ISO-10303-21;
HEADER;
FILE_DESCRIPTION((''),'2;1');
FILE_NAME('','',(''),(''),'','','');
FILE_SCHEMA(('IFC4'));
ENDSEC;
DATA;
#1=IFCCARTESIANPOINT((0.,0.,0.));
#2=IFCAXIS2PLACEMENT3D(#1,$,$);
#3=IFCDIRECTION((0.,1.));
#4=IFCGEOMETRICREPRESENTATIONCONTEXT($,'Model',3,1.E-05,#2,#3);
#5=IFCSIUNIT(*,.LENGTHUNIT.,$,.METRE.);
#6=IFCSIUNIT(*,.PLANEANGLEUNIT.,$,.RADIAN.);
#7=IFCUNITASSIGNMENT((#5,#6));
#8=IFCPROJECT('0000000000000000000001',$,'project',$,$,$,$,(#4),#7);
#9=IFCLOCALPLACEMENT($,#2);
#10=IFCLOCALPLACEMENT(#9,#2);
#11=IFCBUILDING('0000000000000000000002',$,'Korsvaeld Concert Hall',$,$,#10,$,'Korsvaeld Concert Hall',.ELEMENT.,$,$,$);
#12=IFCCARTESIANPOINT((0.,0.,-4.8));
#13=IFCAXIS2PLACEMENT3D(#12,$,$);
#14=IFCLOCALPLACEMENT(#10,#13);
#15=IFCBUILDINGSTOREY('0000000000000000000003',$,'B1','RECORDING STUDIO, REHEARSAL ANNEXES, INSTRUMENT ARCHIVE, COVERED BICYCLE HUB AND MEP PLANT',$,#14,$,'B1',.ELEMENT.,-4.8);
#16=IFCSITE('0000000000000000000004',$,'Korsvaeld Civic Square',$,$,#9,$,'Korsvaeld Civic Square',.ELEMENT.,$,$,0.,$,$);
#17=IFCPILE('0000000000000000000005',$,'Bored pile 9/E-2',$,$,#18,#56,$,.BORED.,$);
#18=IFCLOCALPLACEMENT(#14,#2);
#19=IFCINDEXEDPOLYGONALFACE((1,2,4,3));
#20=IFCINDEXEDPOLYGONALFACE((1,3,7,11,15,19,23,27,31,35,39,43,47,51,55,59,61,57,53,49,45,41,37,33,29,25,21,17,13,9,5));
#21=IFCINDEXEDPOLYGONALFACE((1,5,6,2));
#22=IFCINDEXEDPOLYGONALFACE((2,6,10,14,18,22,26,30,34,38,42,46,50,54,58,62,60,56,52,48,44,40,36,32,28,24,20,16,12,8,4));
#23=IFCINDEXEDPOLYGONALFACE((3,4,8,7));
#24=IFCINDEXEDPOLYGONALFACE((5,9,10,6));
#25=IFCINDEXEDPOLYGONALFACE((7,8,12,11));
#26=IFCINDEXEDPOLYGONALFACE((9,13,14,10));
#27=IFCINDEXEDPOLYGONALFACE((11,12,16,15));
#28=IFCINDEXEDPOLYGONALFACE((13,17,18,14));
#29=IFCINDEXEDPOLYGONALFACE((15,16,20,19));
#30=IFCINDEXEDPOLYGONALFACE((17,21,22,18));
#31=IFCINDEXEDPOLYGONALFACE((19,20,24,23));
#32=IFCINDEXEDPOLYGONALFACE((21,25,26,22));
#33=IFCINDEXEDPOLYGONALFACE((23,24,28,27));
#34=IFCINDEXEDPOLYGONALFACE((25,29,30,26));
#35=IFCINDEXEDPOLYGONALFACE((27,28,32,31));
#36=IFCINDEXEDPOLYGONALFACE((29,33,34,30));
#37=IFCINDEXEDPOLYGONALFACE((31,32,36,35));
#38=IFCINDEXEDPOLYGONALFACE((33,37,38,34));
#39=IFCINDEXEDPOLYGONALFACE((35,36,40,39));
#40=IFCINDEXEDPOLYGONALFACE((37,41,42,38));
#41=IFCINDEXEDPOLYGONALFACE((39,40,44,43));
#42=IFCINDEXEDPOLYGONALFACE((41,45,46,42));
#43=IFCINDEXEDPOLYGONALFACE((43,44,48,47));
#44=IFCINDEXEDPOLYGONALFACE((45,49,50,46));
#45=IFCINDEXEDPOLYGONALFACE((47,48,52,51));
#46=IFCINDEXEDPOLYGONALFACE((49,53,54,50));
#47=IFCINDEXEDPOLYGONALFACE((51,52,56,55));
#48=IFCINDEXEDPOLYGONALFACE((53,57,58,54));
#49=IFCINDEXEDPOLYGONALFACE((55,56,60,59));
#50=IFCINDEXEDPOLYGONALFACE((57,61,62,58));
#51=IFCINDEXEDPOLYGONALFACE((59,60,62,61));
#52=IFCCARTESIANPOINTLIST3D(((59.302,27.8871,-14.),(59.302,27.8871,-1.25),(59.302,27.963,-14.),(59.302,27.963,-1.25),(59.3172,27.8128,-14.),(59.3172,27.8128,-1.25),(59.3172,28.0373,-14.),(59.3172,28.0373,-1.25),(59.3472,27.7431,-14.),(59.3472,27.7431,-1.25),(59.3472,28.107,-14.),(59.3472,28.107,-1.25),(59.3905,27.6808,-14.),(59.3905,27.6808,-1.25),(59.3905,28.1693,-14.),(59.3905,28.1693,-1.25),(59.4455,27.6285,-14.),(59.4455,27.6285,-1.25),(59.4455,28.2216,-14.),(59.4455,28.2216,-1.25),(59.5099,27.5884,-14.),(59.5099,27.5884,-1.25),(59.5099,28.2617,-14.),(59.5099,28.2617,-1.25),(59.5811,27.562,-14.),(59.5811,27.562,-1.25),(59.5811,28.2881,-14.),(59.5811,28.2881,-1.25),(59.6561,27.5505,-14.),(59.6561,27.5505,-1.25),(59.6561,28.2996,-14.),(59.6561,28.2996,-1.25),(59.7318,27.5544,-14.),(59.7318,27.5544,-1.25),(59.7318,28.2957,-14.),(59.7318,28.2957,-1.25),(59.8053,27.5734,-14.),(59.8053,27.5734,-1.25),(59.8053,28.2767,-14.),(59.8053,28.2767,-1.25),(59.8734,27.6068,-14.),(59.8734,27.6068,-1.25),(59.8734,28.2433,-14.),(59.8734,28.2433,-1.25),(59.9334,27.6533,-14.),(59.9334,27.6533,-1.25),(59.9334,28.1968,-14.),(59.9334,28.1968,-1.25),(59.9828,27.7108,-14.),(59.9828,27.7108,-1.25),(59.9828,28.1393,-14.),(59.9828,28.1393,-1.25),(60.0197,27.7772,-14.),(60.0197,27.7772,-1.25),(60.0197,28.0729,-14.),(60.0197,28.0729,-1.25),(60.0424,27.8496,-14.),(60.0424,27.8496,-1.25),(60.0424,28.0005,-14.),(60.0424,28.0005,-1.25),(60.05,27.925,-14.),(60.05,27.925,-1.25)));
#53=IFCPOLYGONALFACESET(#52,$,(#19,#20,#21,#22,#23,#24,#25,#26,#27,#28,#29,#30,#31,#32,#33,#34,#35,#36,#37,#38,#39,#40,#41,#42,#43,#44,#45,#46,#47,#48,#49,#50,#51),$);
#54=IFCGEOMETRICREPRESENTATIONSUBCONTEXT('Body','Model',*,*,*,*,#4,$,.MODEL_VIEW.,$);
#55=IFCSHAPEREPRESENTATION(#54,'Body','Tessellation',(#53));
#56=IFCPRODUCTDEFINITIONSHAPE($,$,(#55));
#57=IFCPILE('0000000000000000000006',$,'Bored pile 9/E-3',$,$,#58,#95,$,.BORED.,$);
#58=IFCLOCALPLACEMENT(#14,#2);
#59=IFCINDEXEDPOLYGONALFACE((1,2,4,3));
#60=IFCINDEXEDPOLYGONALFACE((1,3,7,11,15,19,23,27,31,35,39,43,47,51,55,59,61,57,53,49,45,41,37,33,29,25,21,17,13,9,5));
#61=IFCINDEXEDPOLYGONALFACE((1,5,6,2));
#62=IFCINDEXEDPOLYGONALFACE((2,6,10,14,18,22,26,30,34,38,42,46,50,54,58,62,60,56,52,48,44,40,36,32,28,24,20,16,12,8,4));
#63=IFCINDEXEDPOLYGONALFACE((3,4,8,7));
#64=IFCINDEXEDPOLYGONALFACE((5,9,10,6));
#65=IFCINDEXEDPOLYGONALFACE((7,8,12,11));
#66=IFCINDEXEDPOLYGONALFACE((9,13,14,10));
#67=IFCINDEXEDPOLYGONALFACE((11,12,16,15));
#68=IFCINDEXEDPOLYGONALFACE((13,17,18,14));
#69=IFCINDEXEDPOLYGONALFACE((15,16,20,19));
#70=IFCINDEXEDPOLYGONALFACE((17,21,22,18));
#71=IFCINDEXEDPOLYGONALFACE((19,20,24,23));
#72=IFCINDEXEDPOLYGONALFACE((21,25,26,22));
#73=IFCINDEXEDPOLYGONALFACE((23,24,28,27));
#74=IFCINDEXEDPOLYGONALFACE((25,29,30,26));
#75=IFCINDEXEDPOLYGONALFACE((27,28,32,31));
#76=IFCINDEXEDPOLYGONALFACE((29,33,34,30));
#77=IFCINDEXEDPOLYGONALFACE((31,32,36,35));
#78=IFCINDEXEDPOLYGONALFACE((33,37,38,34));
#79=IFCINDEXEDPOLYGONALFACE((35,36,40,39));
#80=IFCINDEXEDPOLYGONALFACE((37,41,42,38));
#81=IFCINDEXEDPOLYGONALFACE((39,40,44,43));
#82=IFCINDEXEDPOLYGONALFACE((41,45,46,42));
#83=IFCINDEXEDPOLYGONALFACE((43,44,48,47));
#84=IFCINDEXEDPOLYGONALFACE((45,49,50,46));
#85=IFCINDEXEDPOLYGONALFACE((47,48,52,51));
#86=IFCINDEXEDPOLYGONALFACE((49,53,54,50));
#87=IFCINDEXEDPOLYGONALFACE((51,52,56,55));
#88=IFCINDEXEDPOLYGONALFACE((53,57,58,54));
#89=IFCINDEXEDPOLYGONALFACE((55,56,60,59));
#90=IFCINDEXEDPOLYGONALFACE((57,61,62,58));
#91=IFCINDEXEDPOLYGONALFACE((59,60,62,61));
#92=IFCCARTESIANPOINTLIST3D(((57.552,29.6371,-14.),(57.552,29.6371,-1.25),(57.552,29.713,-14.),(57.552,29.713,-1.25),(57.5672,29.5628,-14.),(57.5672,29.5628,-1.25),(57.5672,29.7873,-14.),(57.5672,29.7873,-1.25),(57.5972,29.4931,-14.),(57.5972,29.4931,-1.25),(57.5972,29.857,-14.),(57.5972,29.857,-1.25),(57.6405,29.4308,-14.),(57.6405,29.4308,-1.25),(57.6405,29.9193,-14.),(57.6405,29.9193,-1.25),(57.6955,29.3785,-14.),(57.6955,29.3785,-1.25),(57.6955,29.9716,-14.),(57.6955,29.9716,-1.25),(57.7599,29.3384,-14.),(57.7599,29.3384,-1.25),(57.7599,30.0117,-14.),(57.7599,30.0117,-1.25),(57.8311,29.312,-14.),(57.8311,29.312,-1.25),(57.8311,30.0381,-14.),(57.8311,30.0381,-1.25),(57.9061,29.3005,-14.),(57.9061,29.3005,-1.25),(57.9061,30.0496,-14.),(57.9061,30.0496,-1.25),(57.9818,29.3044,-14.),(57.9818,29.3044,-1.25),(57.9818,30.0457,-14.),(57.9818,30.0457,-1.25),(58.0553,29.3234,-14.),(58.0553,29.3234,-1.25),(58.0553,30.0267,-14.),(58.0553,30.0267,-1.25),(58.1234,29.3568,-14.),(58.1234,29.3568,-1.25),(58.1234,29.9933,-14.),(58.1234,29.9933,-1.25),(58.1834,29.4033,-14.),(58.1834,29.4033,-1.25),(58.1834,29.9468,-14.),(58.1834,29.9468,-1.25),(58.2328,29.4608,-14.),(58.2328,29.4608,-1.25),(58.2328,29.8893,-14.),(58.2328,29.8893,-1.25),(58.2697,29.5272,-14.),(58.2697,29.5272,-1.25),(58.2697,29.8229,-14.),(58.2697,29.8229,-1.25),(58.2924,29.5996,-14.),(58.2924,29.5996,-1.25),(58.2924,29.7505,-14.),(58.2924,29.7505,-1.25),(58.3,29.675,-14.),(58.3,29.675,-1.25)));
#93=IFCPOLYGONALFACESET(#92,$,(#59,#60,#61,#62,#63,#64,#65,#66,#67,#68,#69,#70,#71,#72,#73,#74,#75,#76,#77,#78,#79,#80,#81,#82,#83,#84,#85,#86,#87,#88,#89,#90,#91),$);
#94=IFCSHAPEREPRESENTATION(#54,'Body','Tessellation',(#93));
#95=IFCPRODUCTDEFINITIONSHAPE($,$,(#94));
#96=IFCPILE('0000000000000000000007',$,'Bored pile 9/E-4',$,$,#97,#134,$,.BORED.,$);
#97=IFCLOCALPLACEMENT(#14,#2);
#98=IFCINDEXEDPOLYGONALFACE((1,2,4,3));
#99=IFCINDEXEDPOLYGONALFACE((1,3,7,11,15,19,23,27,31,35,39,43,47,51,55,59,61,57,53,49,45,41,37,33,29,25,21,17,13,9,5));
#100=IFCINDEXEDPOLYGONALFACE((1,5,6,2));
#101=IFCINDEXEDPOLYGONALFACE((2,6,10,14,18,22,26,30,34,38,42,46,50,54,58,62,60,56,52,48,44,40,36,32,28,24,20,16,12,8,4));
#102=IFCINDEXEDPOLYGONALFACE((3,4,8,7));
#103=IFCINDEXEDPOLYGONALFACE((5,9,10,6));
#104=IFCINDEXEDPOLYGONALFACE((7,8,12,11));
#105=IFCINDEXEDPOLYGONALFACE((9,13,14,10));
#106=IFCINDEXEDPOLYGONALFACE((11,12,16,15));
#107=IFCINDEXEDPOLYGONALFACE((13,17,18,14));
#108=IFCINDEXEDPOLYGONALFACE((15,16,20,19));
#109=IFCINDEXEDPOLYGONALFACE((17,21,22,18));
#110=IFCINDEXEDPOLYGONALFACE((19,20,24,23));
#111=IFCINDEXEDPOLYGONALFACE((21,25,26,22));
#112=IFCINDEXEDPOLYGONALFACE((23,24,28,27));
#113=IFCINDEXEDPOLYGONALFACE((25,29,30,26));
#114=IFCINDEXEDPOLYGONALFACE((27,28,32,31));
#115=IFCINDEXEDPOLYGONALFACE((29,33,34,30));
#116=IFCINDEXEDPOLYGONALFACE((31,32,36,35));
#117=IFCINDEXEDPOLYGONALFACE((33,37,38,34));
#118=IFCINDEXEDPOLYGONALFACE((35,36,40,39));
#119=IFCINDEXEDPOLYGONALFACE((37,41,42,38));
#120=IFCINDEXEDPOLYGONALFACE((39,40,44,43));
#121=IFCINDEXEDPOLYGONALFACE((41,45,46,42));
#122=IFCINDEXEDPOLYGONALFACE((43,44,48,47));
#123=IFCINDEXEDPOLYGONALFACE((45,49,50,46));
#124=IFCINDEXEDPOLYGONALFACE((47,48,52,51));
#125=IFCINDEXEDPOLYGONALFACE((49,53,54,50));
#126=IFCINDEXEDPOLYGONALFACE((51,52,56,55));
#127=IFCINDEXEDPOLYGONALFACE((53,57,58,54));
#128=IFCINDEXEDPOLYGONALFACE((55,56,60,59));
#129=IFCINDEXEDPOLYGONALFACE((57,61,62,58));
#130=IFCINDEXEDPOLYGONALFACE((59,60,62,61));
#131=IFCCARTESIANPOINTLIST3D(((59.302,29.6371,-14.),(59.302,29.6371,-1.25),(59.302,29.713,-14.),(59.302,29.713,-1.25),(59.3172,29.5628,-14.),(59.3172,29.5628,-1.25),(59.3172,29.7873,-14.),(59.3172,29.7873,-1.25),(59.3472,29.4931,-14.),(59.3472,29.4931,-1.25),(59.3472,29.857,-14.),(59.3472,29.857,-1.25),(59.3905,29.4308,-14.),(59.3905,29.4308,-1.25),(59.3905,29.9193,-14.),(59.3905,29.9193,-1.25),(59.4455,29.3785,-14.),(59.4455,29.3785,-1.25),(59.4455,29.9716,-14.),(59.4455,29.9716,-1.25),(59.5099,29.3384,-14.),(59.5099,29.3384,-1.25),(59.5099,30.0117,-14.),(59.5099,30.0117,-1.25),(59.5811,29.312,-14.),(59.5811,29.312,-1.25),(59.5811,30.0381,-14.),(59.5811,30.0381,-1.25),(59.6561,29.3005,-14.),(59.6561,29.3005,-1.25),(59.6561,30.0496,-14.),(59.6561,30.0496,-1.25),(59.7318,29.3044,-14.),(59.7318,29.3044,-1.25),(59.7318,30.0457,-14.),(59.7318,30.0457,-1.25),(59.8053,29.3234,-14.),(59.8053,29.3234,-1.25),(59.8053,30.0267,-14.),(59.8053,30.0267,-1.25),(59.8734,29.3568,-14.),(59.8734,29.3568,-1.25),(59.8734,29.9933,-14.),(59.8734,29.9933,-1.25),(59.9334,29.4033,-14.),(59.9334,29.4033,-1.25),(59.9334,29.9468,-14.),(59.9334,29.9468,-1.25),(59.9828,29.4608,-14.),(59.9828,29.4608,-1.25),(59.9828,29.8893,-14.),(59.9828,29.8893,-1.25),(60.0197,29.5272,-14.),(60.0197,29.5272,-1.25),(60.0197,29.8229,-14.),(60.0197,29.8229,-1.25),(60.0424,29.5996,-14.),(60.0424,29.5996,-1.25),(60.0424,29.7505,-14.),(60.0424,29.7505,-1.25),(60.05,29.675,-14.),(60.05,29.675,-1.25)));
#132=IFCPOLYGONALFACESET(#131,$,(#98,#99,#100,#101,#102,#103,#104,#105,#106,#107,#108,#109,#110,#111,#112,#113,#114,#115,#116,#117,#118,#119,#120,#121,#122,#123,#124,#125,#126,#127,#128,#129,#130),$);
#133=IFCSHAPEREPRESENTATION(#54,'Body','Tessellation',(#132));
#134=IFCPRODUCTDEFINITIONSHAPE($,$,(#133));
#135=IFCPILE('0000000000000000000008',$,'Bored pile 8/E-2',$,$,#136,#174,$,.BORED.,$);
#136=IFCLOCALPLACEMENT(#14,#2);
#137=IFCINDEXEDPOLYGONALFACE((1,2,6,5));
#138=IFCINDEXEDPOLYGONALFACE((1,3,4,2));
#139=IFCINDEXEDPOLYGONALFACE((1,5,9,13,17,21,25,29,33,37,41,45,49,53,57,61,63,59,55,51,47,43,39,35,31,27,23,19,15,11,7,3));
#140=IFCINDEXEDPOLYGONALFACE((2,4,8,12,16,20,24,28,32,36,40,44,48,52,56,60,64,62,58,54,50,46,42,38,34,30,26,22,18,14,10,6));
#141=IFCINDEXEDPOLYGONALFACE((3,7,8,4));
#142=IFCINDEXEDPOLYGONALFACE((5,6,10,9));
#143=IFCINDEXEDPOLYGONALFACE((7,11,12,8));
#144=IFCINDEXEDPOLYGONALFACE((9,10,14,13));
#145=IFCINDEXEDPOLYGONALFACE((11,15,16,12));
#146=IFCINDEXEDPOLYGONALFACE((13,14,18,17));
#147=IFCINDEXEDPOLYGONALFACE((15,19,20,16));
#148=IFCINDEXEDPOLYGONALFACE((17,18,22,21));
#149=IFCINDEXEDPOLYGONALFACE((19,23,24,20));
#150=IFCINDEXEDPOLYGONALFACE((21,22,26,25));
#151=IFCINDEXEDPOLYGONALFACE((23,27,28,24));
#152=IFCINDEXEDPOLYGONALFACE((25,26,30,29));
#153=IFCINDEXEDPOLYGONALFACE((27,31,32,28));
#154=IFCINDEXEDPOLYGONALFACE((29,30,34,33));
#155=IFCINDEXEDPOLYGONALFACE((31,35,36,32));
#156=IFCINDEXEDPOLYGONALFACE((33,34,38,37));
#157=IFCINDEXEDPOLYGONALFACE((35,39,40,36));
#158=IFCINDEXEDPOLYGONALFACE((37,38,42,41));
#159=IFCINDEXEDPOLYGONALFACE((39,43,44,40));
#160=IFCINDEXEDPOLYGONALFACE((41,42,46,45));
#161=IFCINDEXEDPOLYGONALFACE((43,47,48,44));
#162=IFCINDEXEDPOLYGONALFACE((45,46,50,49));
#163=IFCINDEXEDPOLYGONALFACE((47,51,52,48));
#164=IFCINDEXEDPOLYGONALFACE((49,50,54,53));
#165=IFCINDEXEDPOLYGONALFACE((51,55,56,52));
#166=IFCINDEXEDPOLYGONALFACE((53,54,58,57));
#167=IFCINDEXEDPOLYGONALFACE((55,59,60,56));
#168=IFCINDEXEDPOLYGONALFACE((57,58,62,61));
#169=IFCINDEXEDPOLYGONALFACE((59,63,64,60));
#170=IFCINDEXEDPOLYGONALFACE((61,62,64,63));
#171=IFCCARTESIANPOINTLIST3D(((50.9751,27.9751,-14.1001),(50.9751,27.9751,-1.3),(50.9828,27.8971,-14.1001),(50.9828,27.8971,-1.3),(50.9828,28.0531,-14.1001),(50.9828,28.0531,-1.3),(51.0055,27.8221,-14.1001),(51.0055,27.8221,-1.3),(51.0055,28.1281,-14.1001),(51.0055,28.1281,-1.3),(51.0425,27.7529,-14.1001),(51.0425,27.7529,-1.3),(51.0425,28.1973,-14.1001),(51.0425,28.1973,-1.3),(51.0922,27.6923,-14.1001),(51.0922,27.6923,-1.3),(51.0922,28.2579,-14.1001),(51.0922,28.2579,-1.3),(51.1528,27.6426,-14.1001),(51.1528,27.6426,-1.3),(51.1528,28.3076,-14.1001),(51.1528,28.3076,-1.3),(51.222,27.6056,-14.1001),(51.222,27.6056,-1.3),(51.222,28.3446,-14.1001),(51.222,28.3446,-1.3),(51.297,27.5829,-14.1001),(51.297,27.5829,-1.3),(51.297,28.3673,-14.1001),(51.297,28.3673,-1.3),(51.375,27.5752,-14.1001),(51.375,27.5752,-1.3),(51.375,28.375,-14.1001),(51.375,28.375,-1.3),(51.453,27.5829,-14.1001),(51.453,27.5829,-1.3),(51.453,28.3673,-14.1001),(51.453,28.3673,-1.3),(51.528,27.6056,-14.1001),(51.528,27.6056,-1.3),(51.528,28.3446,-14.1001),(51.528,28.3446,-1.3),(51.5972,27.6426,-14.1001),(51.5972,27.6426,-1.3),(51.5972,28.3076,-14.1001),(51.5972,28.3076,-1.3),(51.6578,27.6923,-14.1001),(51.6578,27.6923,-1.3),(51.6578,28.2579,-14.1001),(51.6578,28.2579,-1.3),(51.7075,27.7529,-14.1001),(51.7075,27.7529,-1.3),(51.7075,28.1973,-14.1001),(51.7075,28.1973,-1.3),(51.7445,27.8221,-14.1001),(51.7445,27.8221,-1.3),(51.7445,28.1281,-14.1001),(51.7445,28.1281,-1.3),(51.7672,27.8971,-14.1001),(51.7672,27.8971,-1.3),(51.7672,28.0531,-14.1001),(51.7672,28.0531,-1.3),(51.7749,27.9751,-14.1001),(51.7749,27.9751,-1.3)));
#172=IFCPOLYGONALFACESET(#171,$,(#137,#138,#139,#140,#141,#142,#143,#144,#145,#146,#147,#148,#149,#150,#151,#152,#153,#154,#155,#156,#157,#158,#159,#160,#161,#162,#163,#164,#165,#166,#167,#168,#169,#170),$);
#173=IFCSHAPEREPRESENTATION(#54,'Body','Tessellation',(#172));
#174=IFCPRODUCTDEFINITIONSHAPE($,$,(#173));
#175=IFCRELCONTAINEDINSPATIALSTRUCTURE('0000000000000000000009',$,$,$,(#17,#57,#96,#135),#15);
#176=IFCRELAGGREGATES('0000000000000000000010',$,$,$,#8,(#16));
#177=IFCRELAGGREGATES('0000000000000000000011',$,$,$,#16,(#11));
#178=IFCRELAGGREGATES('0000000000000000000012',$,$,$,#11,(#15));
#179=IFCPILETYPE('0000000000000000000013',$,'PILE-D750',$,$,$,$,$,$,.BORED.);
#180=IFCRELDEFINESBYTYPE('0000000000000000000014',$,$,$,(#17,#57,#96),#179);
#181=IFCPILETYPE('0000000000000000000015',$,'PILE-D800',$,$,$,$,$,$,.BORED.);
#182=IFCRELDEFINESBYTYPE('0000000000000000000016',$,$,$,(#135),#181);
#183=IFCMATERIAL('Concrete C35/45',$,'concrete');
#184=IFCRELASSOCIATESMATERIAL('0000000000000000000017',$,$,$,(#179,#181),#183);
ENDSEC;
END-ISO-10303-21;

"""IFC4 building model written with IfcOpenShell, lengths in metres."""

from ifc_helpers import new_model, si_unit, direction, frame, origin, origin_2d, place, context, subcontext, project, spatial, circle, extrude, material, material_profile, profile_set, type_object, element, save


model = new_model("IFC4")

# Units and contexts
model_context = context("Model", 3, precision=1e-05, world=origin(), true_north=direction((0.0, 1.0)))
body_context = subcontext(model_context, "Body", "Model", "MODEL_VIEW")
ifc_project = project(units=[si_unit("LENGTHUNIT", "METRE"), si_unit("PLANEANGLEUNIT", "RADIAN")], contexts=[model_context])

# Site, building, storey
site_placement = place(None, origin())
site = spatial("IfcSite", under=ifc_project, at=site_placement, Name="Korsvaeld Civic Square", LongName="Korsvaeld Civic Square", CompositionType="ELEMENT", RefElevation=0.0)
building_placement = place(site_placement, origin())
building = spatial("IfcBuilding", under=site, at=building_placement, Name="Korsvaeld Concert Hall", LongName="Korsvaeld Concert Hall", CompositionType="ELEMENT")
storey_placement = place(building_placement, frame((0.0, 0.0, -4.8)))
storey = spatial("IfcBuildingStorey", under=building, at=storey_placement, Name="B1", Description="RECORDING STUDIO, REHEARSAL ANNEXES, INSTRUMENT ARCHIVE, COVERED BICYCLE HUB AND MEP PLANT", LongName="B1", CompositionType="ELEMENT", Elevation=-4.8)

# Shared definitions
ifc_material_1 = material(Name="Concrete C35/45", Category="concrete")

# Piles
ifc_material_profile_1 = material_profile(ifc_material_1, circle(Radius=0.375, at=origin_2d()), Name="BORED PILE D750")
ifc_profile_set_1 = profile_set([ifc_material_profile_1], Name="Concrete C35/45")
pile_type_1 = type_object("IfcPileType", Name="PILE-D750", PredefinedType="BORED", material=ifc_profile_set_1)
for number, where, z_axis, x_axis, name in (
    (1, (59.675, 27.925, -1.25), (0.0, 0.0, -1.0), (1.0, 0.0, 0.0), "Bored pile 9/E-2"),
    (2, (57.925, 29.675, -1.25), (0.0, 0.0, -1.0), (1.0, 0.0, 0.0), "Bored pile 9/E-3"),
    (3, (59.675, 29.675, -1.25), (0.0, 0.0, -1.0), (1.0, 0.0, 0.0), "Bored pile 9/E-4"),
):
    element("IfcPile", number, at=place(storey_placement, frame(where, z_axis=z_axis, x_axis=x_axis)), inside=storey, type_object=pile_type_1, Name=name, PredefinedType="BORED", context=body_context, shape_type="SweptSolid", body=[
        extrude(circle(Radius=0.375, at=origin_2d()), origin(), (0.0, 0.0, 1.0), 12.75),
    ])
ifc_material_profile_2 = material_profile(ifc_material_1, circle(Radius=0.3999, at=origin_2d()), Name="BORED PILE D800")
ifc_profile_set_2 = profile_set([ifc_material_profile_2], Name="Concrete C35/45")
pile_type_2 = type_object("IfcPileType", Name="PILE-D800", PredefinedType="BORED", material=ifc_profile_set_2)
for number, where, z_axis, x_axis, name in (
    (4, (51.375, 27.9751, -1.3), (0.0, 0.0, -1.0), (1.0, 0.0, 0.0), "Bored pile 8/E-2"),
):
    element("IfcPile", number, at=place(storey_placement, frame(where, z_axis=z_axis, x_axis=x_axis)), inside=storey, type_object=pile_type_2, Name=name, PredefinedType="BORED", context=body_context, shape_type="SweptSolid", body=[
        extrude(circle(Radius=0.3999, at=origin_2d()), origin(), (0.0, 0.0, 1.0), 12.8),
    ])

save(model, "model.ifc")
